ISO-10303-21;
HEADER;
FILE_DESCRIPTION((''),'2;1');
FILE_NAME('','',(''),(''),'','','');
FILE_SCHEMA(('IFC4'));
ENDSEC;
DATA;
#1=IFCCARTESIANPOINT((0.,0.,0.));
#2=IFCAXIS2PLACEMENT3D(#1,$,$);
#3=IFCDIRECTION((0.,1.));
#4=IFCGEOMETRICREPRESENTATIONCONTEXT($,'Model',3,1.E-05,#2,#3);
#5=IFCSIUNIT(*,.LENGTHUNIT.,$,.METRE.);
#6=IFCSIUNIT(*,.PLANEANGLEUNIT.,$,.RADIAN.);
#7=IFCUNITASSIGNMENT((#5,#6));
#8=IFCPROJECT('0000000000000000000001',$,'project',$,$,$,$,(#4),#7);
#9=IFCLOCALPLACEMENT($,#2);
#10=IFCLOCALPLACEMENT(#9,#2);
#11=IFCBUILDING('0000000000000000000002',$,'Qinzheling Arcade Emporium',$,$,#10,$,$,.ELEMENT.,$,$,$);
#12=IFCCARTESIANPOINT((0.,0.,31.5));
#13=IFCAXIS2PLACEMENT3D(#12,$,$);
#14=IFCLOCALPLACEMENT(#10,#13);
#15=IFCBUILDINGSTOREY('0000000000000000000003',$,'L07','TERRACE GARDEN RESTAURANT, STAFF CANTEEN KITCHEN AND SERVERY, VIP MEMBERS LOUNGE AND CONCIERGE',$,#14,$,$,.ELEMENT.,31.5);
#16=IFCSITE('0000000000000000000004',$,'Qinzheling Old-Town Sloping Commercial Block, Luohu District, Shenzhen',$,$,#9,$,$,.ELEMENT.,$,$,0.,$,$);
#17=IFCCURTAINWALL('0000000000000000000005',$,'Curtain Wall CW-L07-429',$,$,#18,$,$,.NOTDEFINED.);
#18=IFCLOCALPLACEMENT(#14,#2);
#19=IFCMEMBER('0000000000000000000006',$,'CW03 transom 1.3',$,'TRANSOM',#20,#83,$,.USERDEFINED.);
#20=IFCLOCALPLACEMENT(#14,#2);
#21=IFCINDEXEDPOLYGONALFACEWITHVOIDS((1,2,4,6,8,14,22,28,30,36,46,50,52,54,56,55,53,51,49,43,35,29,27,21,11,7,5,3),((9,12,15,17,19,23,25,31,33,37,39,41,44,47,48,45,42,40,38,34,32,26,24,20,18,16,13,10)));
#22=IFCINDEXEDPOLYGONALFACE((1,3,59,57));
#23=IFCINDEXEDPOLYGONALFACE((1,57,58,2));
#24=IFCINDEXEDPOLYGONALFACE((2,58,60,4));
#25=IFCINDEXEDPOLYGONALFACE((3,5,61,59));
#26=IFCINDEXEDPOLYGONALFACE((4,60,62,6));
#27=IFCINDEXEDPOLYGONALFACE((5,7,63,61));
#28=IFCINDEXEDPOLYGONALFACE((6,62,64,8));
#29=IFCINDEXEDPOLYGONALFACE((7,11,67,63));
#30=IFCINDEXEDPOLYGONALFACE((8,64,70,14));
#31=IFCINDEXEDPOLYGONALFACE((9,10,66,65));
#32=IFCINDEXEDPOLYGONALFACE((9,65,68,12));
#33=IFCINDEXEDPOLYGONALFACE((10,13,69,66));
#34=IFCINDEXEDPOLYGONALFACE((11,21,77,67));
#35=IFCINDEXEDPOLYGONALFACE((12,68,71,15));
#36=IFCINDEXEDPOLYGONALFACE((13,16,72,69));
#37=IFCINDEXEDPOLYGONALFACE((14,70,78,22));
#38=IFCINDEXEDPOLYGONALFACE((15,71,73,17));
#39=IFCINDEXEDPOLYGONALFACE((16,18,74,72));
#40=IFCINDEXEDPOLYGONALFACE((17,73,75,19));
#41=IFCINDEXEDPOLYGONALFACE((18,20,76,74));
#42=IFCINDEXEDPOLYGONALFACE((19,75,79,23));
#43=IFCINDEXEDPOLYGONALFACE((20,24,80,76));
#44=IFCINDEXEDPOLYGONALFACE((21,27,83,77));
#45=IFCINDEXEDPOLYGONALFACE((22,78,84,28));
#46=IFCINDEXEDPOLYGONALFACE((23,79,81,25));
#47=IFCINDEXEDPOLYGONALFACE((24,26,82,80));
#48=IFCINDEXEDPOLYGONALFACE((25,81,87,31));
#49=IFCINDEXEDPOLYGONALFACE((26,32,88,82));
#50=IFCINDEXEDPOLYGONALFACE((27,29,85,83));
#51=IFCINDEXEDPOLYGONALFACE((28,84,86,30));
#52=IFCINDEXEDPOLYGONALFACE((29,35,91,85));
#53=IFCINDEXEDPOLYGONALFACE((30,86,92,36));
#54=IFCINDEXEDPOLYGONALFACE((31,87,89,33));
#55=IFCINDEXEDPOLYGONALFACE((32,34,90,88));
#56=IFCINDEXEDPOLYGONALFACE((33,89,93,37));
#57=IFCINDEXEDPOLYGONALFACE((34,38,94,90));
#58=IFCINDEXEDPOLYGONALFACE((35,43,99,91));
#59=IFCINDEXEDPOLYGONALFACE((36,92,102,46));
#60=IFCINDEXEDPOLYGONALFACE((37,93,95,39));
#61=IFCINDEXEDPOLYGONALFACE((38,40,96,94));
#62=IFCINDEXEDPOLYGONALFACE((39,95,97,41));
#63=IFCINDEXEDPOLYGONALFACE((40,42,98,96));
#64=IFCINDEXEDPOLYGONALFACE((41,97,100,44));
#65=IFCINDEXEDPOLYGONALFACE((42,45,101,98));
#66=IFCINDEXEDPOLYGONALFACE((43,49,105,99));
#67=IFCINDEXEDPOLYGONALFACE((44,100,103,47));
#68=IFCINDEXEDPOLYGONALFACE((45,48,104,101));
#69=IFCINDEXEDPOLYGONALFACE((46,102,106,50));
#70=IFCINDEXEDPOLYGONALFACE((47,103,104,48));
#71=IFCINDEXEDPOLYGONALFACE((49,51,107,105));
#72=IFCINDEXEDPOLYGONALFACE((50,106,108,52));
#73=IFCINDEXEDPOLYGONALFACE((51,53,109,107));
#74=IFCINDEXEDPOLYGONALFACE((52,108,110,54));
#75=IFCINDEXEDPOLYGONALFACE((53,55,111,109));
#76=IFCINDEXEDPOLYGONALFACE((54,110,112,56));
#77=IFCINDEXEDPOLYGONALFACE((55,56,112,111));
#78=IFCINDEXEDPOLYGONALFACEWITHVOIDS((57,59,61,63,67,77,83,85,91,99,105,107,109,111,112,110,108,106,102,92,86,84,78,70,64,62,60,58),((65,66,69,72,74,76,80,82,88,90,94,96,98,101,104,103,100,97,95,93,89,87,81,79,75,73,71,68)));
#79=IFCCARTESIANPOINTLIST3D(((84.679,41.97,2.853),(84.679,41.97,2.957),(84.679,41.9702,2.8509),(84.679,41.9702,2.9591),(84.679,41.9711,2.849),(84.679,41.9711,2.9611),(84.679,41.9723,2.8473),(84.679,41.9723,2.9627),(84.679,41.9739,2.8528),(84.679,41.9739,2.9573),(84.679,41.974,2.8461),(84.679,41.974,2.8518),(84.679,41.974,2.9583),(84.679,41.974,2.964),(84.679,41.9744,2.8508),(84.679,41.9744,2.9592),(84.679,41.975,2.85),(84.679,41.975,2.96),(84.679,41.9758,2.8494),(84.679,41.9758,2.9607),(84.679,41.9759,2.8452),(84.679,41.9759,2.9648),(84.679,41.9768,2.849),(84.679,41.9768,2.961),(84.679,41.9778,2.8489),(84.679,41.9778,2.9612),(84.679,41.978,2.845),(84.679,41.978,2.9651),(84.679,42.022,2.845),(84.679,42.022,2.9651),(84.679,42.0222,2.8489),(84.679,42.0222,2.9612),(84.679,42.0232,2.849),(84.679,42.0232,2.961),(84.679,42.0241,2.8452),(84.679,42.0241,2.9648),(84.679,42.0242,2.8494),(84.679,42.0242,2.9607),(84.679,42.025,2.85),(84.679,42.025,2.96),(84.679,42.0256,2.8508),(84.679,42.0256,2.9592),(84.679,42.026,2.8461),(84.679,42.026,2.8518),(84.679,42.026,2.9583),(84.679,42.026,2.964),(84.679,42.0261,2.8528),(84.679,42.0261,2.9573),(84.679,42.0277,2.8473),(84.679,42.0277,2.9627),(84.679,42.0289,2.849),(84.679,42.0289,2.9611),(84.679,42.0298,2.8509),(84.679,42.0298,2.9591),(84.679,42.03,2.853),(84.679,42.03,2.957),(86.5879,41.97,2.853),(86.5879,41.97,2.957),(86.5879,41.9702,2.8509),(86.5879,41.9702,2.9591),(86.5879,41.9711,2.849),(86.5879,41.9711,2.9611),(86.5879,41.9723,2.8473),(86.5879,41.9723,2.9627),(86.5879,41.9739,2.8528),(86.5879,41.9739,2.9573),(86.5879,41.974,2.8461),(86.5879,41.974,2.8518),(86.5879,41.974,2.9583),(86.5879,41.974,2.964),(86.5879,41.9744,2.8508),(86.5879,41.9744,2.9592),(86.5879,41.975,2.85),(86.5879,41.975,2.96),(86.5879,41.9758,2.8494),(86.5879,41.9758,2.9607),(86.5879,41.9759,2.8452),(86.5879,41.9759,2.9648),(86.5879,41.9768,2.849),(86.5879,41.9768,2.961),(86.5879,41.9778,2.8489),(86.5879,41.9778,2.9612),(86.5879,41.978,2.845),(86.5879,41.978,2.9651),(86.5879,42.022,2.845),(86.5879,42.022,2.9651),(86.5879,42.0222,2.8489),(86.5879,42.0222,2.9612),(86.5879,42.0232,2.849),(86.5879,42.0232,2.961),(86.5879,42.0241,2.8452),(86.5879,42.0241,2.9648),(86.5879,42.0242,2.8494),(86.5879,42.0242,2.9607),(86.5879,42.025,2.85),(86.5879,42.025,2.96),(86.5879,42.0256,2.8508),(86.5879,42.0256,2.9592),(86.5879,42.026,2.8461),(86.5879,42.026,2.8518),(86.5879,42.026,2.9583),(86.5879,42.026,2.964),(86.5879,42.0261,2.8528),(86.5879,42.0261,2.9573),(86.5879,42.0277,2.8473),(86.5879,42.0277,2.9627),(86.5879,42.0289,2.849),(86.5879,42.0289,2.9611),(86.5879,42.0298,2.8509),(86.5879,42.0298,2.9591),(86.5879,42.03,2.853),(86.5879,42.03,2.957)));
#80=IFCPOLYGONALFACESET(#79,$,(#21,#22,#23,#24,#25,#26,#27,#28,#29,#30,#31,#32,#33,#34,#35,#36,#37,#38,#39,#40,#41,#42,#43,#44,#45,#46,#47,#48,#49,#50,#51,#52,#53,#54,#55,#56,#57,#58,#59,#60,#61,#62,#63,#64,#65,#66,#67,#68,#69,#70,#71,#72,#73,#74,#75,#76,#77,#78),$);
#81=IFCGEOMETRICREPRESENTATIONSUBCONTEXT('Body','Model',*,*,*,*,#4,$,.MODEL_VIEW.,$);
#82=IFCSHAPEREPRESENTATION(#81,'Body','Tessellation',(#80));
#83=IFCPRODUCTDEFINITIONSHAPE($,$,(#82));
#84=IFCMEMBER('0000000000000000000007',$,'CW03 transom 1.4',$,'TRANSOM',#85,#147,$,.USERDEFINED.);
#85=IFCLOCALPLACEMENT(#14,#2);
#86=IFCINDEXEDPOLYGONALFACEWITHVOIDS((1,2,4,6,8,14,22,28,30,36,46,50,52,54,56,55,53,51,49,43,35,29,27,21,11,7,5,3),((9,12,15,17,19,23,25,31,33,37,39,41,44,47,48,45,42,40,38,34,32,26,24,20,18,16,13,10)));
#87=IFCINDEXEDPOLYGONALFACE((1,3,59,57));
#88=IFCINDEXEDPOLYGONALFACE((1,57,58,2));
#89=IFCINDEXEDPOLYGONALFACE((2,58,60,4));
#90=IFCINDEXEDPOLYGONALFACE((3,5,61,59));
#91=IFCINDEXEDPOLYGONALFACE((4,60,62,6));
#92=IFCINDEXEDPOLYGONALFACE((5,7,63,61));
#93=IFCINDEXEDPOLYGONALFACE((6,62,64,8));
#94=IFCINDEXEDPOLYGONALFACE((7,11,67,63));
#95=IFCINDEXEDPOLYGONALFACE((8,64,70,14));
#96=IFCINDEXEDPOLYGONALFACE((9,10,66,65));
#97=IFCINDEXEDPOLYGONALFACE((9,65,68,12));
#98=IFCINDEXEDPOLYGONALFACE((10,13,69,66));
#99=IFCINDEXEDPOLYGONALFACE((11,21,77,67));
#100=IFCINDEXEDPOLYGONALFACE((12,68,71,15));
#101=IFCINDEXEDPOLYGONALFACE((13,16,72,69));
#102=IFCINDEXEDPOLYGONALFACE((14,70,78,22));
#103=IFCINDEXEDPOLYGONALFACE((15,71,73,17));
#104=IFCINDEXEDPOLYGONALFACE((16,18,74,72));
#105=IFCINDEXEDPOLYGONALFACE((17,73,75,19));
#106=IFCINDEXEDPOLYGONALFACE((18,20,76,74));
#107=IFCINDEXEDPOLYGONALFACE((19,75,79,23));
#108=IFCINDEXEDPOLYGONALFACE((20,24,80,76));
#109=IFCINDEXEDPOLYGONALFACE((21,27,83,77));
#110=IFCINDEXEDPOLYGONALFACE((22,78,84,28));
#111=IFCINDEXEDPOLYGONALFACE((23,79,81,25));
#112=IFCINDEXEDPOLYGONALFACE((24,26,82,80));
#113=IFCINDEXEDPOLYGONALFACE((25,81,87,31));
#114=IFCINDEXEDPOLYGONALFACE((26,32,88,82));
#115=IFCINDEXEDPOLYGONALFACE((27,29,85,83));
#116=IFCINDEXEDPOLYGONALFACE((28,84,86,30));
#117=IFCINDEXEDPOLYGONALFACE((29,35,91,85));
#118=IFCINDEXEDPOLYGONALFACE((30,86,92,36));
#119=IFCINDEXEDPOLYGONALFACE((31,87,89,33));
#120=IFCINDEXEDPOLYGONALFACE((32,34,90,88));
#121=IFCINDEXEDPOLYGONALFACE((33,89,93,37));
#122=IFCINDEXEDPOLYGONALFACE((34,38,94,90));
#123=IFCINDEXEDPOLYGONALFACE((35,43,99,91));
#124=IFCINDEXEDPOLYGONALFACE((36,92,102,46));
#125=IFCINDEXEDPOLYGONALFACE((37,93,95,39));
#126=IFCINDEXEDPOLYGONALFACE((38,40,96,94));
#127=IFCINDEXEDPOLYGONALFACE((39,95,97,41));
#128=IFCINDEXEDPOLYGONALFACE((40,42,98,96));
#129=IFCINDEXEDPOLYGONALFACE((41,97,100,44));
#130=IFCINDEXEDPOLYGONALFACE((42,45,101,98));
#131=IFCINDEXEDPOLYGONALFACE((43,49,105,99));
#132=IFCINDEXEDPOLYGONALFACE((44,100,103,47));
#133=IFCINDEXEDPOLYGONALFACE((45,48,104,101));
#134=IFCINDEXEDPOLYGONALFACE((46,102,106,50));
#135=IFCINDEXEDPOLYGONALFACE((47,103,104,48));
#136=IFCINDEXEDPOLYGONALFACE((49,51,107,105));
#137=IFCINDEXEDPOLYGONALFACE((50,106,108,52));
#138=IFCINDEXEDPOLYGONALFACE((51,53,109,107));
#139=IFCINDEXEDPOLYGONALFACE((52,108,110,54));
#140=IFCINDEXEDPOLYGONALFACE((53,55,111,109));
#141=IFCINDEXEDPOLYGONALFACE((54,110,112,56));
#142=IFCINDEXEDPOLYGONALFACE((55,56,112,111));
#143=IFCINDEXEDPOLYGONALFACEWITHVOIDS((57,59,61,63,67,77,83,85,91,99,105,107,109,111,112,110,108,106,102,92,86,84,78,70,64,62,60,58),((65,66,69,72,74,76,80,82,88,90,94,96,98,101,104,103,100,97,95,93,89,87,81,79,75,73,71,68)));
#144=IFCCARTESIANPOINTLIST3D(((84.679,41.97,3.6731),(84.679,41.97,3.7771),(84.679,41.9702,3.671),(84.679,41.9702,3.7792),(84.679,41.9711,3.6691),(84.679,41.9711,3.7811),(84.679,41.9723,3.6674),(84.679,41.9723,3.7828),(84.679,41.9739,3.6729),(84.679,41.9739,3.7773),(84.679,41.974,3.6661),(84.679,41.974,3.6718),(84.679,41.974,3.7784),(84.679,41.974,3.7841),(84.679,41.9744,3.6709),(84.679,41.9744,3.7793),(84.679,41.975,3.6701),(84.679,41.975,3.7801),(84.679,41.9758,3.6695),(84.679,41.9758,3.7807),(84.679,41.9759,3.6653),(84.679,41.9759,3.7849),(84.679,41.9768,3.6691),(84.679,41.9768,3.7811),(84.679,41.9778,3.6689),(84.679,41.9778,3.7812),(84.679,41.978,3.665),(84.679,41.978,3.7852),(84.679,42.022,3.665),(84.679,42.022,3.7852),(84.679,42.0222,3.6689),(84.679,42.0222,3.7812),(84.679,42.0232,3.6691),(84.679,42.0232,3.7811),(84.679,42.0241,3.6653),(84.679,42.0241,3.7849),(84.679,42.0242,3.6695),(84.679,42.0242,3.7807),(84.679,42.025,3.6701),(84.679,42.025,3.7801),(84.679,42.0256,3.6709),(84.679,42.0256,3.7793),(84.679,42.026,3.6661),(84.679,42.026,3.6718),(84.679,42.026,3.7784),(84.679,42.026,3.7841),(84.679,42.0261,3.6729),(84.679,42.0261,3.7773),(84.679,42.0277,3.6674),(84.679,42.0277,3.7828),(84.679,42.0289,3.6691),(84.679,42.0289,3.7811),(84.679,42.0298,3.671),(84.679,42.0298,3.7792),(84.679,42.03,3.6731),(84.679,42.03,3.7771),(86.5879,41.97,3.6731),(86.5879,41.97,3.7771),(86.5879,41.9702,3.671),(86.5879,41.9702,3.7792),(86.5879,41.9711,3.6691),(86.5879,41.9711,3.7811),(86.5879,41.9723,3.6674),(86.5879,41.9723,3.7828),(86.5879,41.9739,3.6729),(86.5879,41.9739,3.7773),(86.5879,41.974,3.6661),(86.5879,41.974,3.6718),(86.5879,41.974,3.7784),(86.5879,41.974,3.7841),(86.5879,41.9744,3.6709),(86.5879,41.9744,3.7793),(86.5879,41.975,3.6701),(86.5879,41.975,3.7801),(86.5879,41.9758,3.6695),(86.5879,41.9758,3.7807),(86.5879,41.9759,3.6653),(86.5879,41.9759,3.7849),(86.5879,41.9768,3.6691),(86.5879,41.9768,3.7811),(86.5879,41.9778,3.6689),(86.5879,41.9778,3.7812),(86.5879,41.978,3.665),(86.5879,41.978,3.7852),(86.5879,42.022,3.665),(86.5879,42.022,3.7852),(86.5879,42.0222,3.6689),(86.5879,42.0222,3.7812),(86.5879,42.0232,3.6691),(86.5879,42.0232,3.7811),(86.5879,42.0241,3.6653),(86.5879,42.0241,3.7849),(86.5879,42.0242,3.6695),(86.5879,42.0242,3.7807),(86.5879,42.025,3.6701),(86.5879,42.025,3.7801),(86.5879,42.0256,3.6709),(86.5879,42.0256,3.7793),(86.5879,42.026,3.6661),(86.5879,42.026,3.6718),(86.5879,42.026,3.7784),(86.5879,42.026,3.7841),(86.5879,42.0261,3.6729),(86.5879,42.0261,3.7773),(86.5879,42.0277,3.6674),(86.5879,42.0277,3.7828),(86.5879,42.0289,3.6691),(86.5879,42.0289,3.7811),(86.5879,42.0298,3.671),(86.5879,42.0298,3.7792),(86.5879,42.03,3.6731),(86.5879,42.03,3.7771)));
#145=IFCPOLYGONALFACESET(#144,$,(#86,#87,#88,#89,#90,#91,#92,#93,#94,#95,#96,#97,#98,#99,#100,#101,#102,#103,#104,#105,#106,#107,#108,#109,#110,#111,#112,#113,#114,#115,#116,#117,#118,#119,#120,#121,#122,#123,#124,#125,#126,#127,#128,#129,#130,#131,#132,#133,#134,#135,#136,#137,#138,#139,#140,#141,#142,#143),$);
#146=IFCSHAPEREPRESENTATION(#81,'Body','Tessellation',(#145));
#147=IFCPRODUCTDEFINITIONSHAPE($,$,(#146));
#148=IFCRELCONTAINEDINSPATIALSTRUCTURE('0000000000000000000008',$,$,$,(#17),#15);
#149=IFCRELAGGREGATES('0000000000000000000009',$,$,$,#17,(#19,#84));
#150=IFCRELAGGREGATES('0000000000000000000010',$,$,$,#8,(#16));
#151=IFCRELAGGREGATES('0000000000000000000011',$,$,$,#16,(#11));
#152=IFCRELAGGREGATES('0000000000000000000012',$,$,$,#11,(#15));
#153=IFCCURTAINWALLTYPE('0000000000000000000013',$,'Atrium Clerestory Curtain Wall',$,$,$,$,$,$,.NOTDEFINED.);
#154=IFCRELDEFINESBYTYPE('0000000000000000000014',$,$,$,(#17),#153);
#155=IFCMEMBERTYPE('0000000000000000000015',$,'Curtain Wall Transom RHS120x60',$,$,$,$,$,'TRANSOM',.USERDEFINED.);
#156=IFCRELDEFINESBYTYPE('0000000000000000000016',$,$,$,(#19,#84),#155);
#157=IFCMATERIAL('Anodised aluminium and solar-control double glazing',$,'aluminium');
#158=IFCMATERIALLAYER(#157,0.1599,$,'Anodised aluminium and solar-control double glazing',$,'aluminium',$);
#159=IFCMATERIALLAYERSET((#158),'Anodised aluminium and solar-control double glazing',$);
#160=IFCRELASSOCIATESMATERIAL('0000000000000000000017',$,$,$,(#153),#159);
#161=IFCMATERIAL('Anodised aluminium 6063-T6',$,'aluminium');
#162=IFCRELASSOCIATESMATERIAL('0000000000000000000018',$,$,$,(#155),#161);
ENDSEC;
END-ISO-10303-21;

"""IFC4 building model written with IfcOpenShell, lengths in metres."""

from ifc_helpers import new_model, si_unit, direction, frame, origin, origin_2d, place, context, subcontext, project, spatial, hollow_rectangle, extrude, material, layer, layer_set, material_profile, profile_set, type_object, element, aggregate, save


model = new_model("IFC4")

# Units and contexts
model_context = context("Model", 3, precision=1e-05, world=origin(), true_north=direction((0.0, 1.0)))
body_context = subcontext(model_context, "Body", "Model", "MODEL_VIEW")
ifc_project = project(units=[si_unit("LENGTHUNIT", "METRE"), si_unit("PLANEANGLEUNIT", "RADIAN")], contexts=[model_context])

# Site, building, storey
site_placement = place(None, origin())
site = spatial("IfcSite", under=ifc_project, at=site_placement, Name="Qinzheling Old-Town Sloping Commercial Block, Luohu District, Shenzhen", CompositionType="ELEMENT", RefElevation=0.0)
building_placement = place(site_placement, origin())
building = spatial("IfcBuilding", under=site, at=building_placement, Name="Qinzheling Arcade Emporium", CompositionType="ELEMENT")
storey_placement = place(building_placement, frame((0.0, 0.0, 31.5)))
storey = spatial("IfcBuildingStorey", under=building, at=storey_placement, Name="L07", Description="TERRACE GARDEN RESTAURANT, STAFF CANTEEN KITCHEN AND SERVERY, VIP MEMBERS LOUNGE AND CONCIERGE", CompositionType="ELEMENT", Elevation=31.5)

# Curtain wall
ifc_material_1 = material(Name="Anodised aluminium and solar-control double glazing", Category="aluminium")
ifc_layer_1 = layer(ifc_material_1, 0.1599, Name="Anodised aluminium and solar-control double glazing", Category="aluminium")
ifc_layer_set_1 = layer_set([ifc_layer_1], Name="Anodised aluminium and solar-control double glazing")
curtain_wall_type = type_object("IfcCurtainWallType", Name="Atrium Clerestory Curtain Wall", PredefinedType="NOTDEFINED", material=ifc_layer_set_1)
ifc_material_2 = material(Name="Anodised aluminium 6063-T6", Category="aluminium")
curtain_wall_1_placement = place(storey_placement, origin())
curtain_wall_1 = element("IfcCurtainWall", 1, at=curtain_wall_1_placement, inside=storey, type_object=curtain_wall_type, Name="Curtain Wall CW-L07-429", PredefinedType="NOTDEFINED")

# Members
ifc_material_profile_1 = material_profile(ifc_material_2, hollow_rectangle(XDim=0.0601, YDim=0.1201, WallThickness=0.0039, InnerFilletRadius=0.0039, OuterFilletRadius=0.0081, at=origin_2d()), Name="RHS 120x60x4", Category="aluminium")
ifc_profile_set_1 = profile_set([ifc_material_profile_1], Name="Anodised aluminium 6063-T6")
member_type_1 = type_object("IfcMemberType", Name="Curtain Wall Transom RHS120x60", ElementType="TRANSOM", PredefinedType="USERDEFINED", material=ifc_profile_set_1)
member_1_placement = place(storey_placement, frame((86.5879, 42.0, 2.905), z_axis=(-1.0, 0.0, 0.0), x_axis=(0.0, -1.0, 0.0)))
member_1 = element("IfcMember", 2, at=member_1_placement, type_object=member_type_1, Name="CW03 transom 1.3", ObjectType="TRANSOM", PredefinedType="USERDEFINED", context=body_context, shape_type="SweptSolid", body=[
    extrude(hollow_rectangle(XDim=0.0601, YDim=0.1201, WallThickness=0.0039, InnerFilletRadius=0.0039, OuterFilletRadius=0.0081, at=origin_2d()), origin(), (0.0, 0.0, 1.0), 1.9089),
])
member_2_placement = place(storey_placement, frame((86.5879, 42.0, 3.7251), z_axis=(-1.0, 0.0, 0.0), x_axis=(0.0, -1.0, 0.0)))
member_2 = element("IfcMember", 3, at=member_2_placement, type_object=member_type_1, Name="CW03 transom 1.4", ObjectType="TRANSOM", PredefinedType="USERDEFINED", context=body_context, shape_type="SweptSolid", body=[
    extrude(hollow_rectangle(XDim=0.0601, YDim=0.1201, WallThickness=0.0039, InnerFilletRadius=0.0039, OuterFilletRadius=0.0081, at=origin_2d()), origin(), (0.0, 0.0, 1.0), 1.9089),
])

aggregate(curtain_wall_1, [member_1, member_2])

save(model, "model.ifc")
